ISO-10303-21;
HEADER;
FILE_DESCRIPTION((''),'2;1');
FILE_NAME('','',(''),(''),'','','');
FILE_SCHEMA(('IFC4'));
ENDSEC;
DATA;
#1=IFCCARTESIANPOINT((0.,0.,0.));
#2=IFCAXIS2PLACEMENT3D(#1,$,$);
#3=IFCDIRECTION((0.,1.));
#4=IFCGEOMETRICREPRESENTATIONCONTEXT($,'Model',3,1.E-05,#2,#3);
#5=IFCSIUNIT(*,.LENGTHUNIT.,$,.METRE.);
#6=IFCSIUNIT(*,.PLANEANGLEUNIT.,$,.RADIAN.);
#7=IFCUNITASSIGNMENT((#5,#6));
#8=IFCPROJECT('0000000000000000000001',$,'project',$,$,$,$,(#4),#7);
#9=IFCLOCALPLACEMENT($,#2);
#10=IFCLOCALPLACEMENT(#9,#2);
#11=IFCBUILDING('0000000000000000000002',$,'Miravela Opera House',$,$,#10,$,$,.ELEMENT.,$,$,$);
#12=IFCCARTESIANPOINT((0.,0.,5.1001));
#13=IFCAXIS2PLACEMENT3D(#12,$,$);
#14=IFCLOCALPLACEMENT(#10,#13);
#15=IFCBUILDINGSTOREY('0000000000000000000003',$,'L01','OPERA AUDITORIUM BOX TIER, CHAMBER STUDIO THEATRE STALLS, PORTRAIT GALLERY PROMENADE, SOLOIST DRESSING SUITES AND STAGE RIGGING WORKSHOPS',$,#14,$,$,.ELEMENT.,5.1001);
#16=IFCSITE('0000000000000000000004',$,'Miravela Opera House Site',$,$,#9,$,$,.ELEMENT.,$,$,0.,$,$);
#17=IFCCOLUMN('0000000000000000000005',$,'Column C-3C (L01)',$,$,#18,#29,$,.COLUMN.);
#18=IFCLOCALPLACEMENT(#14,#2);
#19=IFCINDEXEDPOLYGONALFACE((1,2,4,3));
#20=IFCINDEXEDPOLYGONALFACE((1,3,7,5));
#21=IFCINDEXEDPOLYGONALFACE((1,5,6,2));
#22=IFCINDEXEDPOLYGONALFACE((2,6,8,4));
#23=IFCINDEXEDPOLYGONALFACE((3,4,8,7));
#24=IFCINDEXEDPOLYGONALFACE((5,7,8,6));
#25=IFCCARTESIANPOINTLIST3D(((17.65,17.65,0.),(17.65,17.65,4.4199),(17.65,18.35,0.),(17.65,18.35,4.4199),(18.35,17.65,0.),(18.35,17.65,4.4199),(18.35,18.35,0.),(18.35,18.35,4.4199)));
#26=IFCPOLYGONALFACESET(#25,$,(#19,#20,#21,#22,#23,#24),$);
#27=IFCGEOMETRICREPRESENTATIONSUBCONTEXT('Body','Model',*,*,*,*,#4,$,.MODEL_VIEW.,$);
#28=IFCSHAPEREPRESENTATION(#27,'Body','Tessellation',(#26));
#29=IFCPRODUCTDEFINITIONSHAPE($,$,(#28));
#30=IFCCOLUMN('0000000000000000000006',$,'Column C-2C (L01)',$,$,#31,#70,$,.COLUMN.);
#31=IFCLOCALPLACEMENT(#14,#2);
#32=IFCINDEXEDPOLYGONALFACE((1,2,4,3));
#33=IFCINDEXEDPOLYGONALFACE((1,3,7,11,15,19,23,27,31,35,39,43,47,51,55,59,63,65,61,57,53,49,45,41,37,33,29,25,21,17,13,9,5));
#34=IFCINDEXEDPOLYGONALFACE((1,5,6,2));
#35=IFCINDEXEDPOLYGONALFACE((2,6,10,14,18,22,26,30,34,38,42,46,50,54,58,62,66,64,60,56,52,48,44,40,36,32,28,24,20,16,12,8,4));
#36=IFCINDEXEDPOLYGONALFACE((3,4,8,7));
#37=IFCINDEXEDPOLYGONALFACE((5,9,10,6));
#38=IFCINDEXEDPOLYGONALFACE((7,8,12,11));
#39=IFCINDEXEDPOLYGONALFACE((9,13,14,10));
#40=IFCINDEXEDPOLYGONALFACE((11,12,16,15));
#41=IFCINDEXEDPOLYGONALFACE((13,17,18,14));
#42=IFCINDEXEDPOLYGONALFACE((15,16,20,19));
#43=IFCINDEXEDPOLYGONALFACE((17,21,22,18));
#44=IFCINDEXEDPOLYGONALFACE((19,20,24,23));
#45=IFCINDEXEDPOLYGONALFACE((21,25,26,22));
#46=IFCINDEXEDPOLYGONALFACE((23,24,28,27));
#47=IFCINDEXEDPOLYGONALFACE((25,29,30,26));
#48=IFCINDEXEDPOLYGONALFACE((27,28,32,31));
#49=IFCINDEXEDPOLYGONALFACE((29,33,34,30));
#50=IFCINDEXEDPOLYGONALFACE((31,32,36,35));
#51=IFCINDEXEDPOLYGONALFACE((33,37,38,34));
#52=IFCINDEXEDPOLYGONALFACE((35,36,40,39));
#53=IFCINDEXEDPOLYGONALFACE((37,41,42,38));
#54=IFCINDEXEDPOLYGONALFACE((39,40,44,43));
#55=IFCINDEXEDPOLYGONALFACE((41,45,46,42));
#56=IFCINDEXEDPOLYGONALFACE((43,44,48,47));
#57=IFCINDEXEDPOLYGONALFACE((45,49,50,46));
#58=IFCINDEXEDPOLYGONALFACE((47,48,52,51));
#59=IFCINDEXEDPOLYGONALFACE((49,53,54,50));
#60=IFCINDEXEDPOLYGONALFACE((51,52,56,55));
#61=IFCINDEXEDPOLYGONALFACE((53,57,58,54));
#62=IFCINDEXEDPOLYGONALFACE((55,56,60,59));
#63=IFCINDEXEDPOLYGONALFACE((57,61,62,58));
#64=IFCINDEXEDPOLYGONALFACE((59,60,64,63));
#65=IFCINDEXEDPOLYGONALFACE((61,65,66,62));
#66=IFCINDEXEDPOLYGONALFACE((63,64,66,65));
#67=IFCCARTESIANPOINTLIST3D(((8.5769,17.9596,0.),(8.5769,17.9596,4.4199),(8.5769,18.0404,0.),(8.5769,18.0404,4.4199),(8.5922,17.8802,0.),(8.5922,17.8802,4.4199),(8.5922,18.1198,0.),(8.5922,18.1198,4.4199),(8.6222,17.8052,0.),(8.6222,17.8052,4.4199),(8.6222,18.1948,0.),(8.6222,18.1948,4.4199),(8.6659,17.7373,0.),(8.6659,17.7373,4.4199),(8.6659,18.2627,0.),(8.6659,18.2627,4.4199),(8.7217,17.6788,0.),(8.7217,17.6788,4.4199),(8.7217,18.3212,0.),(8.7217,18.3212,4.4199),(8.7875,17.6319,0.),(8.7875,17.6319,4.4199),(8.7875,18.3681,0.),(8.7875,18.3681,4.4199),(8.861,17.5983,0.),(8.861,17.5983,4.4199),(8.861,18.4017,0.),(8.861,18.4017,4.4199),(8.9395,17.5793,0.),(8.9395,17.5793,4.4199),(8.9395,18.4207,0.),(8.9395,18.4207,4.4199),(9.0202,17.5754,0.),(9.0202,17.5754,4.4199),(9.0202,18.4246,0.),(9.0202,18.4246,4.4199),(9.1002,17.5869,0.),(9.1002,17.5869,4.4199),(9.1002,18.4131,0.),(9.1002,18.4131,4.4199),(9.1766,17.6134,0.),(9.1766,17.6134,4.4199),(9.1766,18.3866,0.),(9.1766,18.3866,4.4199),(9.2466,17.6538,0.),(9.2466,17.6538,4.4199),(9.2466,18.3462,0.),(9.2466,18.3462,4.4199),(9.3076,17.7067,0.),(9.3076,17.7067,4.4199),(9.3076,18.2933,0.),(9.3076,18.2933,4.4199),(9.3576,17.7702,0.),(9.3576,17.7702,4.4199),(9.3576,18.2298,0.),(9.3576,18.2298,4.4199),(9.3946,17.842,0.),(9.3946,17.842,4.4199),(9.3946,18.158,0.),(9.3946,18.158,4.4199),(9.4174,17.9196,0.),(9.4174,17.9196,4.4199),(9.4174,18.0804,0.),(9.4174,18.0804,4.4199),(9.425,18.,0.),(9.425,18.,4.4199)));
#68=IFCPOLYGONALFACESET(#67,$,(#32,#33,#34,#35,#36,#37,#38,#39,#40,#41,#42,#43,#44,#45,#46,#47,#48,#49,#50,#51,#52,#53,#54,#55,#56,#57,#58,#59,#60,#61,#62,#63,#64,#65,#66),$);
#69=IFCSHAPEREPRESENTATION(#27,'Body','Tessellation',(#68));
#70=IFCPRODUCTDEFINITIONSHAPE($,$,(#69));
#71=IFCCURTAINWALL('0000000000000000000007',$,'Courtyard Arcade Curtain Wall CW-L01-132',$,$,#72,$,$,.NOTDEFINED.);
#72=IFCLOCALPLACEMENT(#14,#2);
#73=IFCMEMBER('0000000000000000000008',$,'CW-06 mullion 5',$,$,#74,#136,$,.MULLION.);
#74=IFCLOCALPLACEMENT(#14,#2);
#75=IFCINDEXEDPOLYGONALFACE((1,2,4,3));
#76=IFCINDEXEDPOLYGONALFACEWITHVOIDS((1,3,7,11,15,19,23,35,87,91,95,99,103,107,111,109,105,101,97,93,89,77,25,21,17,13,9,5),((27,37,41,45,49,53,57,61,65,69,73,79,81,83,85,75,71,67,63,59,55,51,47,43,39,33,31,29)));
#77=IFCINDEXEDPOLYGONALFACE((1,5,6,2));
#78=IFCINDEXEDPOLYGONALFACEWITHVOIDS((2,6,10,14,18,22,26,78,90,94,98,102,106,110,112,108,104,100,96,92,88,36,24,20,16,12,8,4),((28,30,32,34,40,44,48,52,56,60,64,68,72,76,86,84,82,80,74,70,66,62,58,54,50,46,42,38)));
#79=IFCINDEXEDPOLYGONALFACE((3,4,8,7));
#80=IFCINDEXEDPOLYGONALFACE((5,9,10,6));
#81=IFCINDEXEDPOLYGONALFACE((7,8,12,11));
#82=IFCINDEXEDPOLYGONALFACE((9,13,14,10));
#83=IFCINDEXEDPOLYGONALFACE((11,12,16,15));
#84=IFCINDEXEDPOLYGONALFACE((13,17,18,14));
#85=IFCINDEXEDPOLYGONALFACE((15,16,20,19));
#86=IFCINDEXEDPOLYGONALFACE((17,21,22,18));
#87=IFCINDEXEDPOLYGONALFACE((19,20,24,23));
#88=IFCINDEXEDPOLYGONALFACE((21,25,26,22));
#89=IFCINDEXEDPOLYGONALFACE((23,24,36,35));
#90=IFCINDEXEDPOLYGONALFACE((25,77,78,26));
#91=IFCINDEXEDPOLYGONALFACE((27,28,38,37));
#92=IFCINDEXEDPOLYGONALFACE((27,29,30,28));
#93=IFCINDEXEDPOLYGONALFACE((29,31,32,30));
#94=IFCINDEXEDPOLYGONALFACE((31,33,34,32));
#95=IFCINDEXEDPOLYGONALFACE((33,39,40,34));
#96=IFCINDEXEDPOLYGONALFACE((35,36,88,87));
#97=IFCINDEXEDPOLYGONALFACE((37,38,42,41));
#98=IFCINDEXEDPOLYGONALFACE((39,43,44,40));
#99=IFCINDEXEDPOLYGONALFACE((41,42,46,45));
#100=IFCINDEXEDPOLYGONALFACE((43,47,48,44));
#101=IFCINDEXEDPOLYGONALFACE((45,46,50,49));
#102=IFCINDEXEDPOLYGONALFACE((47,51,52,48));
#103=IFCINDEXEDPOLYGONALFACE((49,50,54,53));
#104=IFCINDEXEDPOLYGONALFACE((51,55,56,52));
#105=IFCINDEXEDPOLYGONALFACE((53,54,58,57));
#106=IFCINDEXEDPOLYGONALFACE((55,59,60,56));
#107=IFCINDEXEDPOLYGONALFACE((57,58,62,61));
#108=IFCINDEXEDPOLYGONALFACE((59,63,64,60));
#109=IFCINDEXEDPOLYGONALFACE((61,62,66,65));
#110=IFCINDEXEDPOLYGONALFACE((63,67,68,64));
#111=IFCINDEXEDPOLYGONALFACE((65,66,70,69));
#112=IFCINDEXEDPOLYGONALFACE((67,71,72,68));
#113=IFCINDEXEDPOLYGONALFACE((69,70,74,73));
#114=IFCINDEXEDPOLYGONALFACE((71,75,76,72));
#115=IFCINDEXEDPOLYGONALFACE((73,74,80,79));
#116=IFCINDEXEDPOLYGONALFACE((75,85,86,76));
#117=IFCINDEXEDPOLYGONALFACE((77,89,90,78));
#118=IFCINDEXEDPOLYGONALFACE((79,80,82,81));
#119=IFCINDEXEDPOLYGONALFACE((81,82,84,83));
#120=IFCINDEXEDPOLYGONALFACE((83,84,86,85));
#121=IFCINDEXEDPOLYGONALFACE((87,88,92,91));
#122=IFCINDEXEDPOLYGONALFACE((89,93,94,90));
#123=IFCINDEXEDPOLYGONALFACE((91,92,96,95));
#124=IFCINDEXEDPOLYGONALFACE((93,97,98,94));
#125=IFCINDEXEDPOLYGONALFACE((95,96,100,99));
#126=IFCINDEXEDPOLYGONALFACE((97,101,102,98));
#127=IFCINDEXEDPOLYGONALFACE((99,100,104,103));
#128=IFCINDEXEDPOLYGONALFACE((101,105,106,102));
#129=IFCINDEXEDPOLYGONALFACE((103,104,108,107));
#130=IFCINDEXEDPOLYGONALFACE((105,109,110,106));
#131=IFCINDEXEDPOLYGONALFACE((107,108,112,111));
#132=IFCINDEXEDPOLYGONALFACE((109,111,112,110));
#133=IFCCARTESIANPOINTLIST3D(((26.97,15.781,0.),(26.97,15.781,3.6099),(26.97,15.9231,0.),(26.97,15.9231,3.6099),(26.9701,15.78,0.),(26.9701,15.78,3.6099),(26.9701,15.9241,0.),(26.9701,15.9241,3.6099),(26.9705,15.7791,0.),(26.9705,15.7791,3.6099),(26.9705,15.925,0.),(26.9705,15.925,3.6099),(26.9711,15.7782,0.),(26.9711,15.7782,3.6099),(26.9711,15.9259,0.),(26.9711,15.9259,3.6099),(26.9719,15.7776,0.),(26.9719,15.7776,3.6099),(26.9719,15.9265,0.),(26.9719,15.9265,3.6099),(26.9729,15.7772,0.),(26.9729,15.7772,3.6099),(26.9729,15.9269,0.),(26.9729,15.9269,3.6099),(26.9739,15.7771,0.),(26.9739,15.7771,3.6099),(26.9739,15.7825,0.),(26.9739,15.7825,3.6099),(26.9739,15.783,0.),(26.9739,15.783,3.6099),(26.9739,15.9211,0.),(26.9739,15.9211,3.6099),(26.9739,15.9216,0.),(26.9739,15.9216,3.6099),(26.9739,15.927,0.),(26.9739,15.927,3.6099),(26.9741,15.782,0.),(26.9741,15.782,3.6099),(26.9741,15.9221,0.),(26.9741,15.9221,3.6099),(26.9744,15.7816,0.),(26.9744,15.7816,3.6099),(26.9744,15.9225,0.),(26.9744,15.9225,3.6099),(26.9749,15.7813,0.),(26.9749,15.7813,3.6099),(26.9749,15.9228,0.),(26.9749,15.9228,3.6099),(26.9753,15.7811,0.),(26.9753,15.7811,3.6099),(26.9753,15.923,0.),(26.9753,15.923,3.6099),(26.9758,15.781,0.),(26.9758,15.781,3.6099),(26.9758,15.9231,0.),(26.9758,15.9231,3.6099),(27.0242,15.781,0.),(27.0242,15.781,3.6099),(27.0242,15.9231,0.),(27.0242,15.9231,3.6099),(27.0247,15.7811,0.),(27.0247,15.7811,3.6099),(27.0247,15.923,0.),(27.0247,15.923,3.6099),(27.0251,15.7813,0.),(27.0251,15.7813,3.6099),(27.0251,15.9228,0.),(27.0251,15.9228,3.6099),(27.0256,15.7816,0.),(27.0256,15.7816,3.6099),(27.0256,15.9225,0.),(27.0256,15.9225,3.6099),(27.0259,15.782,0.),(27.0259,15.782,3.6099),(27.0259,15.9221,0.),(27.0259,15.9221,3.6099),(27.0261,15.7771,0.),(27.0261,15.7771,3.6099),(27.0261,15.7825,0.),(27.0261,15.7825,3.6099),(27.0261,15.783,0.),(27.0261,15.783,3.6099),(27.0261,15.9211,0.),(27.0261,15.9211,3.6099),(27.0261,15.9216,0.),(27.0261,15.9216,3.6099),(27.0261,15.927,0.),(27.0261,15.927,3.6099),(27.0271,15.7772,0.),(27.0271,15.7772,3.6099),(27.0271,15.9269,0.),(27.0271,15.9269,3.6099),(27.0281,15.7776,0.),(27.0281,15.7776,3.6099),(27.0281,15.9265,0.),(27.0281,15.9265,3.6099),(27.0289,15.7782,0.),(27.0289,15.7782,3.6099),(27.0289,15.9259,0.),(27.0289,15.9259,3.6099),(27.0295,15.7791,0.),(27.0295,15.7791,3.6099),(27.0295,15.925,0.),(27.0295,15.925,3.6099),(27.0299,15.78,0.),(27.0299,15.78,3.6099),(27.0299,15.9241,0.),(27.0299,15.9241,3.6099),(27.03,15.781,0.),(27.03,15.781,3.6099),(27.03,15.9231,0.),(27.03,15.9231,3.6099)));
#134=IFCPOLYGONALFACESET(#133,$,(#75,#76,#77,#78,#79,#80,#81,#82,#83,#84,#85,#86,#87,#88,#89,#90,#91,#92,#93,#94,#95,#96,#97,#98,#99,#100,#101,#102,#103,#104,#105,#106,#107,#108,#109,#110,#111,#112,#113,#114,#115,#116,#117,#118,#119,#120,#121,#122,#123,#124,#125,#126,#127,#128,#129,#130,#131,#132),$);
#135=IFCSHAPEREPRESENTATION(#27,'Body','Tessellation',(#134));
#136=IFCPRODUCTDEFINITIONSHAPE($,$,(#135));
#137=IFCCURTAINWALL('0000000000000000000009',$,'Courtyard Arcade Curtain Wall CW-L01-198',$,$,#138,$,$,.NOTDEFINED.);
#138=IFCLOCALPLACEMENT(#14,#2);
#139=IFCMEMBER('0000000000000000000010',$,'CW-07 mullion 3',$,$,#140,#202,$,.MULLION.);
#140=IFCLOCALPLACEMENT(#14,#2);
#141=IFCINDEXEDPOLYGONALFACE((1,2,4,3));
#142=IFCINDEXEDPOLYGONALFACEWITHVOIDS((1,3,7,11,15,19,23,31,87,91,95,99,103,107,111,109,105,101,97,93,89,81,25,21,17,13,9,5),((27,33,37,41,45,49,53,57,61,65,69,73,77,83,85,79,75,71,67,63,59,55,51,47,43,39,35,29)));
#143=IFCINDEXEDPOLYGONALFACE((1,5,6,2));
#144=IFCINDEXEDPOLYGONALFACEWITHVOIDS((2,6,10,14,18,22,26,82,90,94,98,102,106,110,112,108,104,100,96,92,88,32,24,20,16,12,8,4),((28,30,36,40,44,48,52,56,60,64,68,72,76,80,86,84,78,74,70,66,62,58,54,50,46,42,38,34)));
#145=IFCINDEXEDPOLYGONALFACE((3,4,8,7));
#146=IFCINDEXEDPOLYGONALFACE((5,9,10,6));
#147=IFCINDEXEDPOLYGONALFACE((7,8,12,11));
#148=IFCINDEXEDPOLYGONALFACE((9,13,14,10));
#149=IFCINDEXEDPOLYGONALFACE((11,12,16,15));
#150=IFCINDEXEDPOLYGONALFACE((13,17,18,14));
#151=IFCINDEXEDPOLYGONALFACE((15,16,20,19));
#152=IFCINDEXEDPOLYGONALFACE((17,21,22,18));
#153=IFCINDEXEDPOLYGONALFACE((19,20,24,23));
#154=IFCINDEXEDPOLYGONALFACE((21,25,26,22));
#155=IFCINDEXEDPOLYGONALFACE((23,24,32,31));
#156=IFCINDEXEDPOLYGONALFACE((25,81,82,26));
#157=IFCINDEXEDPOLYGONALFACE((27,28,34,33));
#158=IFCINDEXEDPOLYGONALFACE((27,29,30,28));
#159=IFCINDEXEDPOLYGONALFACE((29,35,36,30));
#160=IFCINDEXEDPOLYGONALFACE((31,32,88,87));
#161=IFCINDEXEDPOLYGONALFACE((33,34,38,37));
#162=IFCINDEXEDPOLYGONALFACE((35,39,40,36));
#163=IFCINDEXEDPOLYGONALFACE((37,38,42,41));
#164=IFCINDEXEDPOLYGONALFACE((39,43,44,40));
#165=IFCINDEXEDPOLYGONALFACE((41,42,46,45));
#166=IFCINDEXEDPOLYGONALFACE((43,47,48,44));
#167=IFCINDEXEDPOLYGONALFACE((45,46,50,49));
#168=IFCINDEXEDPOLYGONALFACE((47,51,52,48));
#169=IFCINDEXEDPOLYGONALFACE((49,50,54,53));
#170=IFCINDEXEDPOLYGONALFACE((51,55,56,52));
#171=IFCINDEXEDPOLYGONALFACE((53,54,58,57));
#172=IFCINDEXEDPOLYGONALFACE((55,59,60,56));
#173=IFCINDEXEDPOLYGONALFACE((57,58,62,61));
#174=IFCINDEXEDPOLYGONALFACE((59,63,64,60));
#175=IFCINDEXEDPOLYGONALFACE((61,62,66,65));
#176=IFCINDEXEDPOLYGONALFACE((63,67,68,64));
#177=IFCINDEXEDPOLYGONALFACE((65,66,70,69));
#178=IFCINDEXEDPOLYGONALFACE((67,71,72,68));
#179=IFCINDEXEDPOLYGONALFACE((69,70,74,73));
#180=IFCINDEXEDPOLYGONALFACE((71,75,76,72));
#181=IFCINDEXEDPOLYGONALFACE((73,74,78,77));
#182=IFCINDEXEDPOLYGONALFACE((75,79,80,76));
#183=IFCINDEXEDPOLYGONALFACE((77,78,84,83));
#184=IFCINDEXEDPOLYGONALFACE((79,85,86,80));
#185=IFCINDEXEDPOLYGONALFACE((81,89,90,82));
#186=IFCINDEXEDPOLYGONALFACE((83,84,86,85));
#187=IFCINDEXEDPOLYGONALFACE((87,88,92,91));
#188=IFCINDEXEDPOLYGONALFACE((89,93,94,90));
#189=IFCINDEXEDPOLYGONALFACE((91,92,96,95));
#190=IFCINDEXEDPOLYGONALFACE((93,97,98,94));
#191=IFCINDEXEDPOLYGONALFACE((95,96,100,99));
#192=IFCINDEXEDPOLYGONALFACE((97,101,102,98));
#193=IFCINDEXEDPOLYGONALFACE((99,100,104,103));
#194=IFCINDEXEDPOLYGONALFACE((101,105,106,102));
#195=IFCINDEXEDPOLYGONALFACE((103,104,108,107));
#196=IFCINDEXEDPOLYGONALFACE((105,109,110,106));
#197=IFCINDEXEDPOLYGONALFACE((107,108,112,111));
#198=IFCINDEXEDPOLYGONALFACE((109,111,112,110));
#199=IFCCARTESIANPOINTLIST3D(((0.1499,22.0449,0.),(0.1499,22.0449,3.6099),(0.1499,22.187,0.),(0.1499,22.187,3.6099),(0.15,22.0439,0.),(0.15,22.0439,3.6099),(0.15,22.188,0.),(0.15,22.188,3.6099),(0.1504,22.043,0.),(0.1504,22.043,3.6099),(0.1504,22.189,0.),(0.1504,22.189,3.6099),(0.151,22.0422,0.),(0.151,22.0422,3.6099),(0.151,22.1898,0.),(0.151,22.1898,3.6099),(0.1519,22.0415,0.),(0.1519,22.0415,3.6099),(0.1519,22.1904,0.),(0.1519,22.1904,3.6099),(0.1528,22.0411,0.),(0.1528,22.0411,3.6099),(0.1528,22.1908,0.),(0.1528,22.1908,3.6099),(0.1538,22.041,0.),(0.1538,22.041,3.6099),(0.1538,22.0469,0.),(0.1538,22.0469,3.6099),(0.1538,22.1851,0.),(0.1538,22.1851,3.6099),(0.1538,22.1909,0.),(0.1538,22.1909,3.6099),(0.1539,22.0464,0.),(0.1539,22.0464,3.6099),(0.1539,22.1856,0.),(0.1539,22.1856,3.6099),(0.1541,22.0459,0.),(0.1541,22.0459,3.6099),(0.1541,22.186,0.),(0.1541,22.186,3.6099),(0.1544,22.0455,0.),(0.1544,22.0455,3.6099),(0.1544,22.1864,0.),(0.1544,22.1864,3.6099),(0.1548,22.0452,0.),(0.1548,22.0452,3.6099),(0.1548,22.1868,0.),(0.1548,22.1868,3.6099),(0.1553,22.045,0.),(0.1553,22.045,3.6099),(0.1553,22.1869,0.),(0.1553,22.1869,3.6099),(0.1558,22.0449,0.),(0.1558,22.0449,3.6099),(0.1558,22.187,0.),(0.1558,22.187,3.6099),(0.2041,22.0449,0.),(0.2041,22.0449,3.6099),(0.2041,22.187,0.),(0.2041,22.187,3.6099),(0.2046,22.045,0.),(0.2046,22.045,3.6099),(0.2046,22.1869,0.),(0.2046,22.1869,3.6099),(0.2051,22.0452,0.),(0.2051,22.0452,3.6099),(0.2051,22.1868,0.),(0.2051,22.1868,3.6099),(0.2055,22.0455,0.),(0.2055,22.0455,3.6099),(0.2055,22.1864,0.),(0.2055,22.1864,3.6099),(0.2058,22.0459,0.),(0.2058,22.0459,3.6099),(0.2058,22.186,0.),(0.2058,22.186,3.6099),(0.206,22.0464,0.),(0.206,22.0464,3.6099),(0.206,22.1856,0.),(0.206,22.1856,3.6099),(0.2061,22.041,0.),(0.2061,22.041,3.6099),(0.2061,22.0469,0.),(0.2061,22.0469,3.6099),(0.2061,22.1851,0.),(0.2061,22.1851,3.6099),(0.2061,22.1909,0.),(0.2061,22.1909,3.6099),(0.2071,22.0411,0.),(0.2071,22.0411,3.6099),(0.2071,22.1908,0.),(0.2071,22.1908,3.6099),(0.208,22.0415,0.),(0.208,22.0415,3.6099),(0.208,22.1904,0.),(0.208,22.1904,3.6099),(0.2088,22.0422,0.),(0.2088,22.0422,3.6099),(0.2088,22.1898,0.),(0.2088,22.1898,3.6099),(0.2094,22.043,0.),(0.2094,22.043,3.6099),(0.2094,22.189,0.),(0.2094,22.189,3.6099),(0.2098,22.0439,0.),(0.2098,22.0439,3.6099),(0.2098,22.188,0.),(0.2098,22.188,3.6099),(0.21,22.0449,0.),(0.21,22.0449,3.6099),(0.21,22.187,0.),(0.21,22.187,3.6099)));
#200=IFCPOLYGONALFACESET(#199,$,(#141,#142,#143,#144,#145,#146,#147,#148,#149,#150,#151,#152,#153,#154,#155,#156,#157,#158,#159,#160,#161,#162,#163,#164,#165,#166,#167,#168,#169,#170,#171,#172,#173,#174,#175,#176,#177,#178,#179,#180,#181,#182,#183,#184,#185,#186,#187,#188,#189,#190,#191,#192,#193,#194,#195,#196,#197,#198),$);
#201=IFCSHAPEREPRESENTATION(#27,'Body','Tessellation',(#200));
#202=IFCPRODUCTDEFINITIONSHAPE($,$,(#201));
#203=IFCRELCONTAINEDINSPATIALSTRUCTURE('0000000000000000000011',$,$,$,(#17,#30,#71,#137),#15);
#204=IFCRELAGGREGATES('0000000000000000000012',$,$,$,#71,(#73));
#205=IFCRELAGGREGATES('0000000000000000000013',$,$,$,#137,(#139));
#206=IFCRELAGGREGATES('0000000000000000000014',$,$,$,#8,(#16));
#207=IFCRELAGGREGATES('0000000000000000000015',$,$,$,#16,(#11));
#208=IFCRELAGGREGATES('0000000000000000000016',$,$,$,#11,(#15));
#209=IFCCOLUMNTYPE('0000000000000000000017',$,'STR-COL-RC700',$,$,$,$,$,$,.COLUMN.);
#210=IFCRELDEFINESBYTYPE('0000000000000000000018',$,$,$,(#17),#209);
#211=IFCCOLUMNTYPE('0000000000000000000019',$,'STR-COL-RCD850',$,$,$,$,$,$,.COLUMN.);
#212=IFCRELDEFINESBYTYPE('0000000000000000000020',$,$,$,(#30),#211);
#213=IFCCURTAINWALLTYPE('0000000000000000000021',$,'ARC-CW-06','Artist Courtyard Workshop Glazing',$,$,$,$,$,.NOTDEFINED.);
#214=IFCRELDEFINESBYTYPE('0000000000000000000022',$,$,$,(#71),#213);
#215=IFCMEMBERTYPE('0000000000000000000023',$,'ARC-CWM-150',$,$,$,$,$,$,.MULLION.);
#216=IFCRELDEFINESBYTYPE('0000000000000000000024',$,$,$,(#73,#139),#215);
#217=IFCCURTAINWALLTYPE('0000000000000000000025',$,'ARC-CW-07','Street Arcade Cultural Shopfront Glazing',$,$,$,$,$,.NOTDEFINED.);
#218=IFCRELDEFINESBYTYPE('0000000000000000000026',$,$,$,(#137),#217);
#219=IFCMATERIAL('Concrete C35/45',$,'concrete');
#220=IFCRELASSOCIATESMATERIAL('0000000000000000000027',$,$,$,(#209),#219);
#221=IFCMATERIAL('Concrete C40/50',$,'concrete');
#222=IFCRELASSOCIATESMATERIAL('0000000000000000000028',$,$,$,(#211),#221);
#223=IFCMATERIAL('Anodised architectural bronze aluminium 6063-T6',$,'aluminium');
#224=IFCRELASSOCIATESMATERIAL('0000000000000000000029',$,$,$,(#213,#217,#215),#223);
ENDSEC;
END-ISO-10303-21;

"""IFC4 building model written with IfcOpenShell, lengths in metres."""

from ifc_helpers import new_model, si_unit, direction, frame, origin, origin_2d, place, context, subcontext, project, spatial, rectangle, hollow_rectangle, circle, extrude, material, material_profile, profile_set, type_object, element, aggregate, save


model = new_model("IFC4")

# Units and contexts
model_context = context("Model", 3, precision=1e-05, world=origin(), true_north=direction((0.0, 1.0)))
body_context = subcontext(model_context, "Body", "Model", "MODEL_VIEW")
ifc_project = project(units=[si_unit("LENGTHUNIT", "METRE"), si_unit("PLANEANGLEUNIT", "RADIAN")], contexts=[model_context])

# Site, building, storey
site_placement = place(None, origin())
site = spatial("IfcSite", under=ifc_project, at=site_placement, Name="Miravela Opera House Site", CompositionType="ELEMENT", RefElevation=0.0)
building_placement = place(site_placement, origin())
building = spatial("IfcBuilding", under=site, at=building_placement, Name="Miravela Opera House", CompositionType="ELEMENT")
storey_placement = place(building_placement, frame((0.0, 0.0, 5.1001)))
storey = spatial("IfcBuildingStorey", under=building, at=storey_placement, Name="L01", Description="OPERA AUDITORIUM BOX TIER, CHAMBER STUDIO THEATRE STALLS, PORTRAIT GALLERY PROMENADE, SOLOIST DRESSING SUITES AND STAGE RIGGING WORKSHOPS", CompositionType="ELEMENT", Elevation=5.1001)

# Columns
ifc_material_1 = material(Name="Concrete C35/45", Category="concrete")
ifc_material_profile_1 = material_profile(ifc_material_1, rectangle(XDim=0.7, YDim=0.7, at=origin_2d()), Name="RC-COL-700X700")
ifc_profile_set_1 = profile_set([ifc_material_profile_1])
column_type_1 = type_object("IfcColumnType", Name="STR-COL-RC700", PredefinedType="COLUMN", material=ifc_profile_set_1)
column_1_placement = place(storey_placement, frame((18.0, 18.0, 0.0), z_axis=(0.0, 0.0, 1.0), x_axis=(1.0, 0.0, 0.0)))
element("IfcColumn", 1, at=column_1_placement, inside=storey, type_object=column_type_1, Name="Column C-3C (L01)", PredefinedType="COLUMN", context=body_context, shape_type="SweptSolid", body=[
    extrude(rectangle(XDim=0.7, YDim=0.7, at=origin_2d()), origin(), (0.0, 0.0, 1.0), 4.4199),
])
ifc_material_2 = material(Name="Concrete C40/50", Category="concrete")
ifc_material_profile_2 = material_profile(ifc_material_2, circle(Radius=0.425, at=origin_2d()), Name="RC-COL-D850")
ifc_profile_set_2 = profile_set([ifc_material_profile_2])
column_type_2 = type_object("IfcColumnType", Name="STR-COL-RCD850", PredefinedType="COLUMN", material=ifc_profile_set_2)
column_2_placement = place(storey_placement, frame((9.0, 18.0, 0.0), z_axis=(0.0, 0.0, 1.0), x_axis=(1.0, 0.0, 0.0)))
element("IfcColumn", 2, at=column_2_placement, inside=storey, type_object=column_type_2, Name="Column C-2C (L01)", PredefinedType="COLUMN", context=body_context, shape_type="SweptSolid", body=[
    extrude(circle(Radius=0.425, at=origin_2d()), origin(), (0.0, 0.0, 1.0), 4.4199),
])

# Curtain wall, member
ifc_material_3 = material(Name="Anodised architectural bronze aluminium 6063-T6", Category="aluminium")
curtain_wall_type_1 = type_object("IfcCurtainWallType", Name="ARC-CW-06", Description="Artist Courtyard Workshop Glazing", PredefinedType="NOTDEFINED", material=ifc_material_3)
curtain_wall_1_placement = place(storey_placement, origin())
curtain_wall_1 = element("IfcCurtainWall", 3, at=curtain_wall_1_placement, inside=storey, type_object=curtain_wall_type_1, Name="Courtyard Arcade Curtain Wall CW-L01-132", PredefinedType="NOTDEFINED")
ifc_material_profile_3 = material_profile(ifc_material_3, hollow_rectangle(XDim=0.0601, YDim=0.1499, WallThickness=0.0039, InnerFilletRadius=0.002, OuterFilletRadius=0.0039, at=origin_2d()), Name="CWM-60X150")
ifc_profile_set_3 = profile_set([ifc_material_profile_3])
member_type_1 = type_object("IfcMemberType", Name="ARC-CWM-150", PredefinedType="MULLION", material=ifc_profile_set_3)
member_1_placement = place(storey_placement, frame((27.0, 15.8521, 0.0), z_axis=(0.0, 0.0, 1.0), x_axis=(-1.0, 0.0, 0.0)))
member_1 = element("IfcMember", 4, at=member_1_placement, type_object=member_type_1, Name="CW-06 mullion 5", PredefinedType="MULLION", context=body_context, shape_type="SweptSolid", body=[
    extrude(hollow_rectangle(XDim=0.0601, YDim=0.1499, WallThickness=0.0039, InnerFilletRadius=0.002, OuterFilletRadius=0.0039, at=origin_2d()), origin(), (0.0, 0.0, 1.0), 3.6099),
])
aggregate(curtain_wall_1, [member_1])

# Curtain wall, member
curtain_wall_type_2 = type_object("IfcCurtainWallType", Name="ARC-CW-07", Description="Street Arcade Cultural Shopfront Glazing", PredefinedType="NOTDEFINED", material=ifc_material_3)
curtain_wall_2_placement = place(storey_placement, origin())
curtain_wall_2 = element("IfcCurtainWall", 5, at=curtain_wall_2_placement, inside=storey, type_object=curtain_wall_type_2, Name="Courtyard Arcade Curtain Wall CW-L01-198", PredefinedType="NOTDEFINED")
member_2_placement = place(storey_placement, frame((0.1799, 22.116, 0.0), z_axis=(0.0, 0.0, 1.0), x_axis=(-1.0, 0.0, 0.0)))
member_2 = element("IfcMember", 6, at=member_2_placement, type_object=member_type_1, Name="CW-07 mullion 3", PredefinedType="MULLION", context=body_context, shape_type="SweptSolid", body=[
    extrude(hollow_rectangle(XDim=0.0601, YDim=0.1499, WallThickness=0.0039, InnerFilletRadius=0.002, OuterFilletRadius=0.0039, at=origin_2d()), origin(), (0.0, 0.0, 1.0), 3.6099),
])

aggregate(curtain_wall_2, [member_2])

save(model, "model.ifc")
